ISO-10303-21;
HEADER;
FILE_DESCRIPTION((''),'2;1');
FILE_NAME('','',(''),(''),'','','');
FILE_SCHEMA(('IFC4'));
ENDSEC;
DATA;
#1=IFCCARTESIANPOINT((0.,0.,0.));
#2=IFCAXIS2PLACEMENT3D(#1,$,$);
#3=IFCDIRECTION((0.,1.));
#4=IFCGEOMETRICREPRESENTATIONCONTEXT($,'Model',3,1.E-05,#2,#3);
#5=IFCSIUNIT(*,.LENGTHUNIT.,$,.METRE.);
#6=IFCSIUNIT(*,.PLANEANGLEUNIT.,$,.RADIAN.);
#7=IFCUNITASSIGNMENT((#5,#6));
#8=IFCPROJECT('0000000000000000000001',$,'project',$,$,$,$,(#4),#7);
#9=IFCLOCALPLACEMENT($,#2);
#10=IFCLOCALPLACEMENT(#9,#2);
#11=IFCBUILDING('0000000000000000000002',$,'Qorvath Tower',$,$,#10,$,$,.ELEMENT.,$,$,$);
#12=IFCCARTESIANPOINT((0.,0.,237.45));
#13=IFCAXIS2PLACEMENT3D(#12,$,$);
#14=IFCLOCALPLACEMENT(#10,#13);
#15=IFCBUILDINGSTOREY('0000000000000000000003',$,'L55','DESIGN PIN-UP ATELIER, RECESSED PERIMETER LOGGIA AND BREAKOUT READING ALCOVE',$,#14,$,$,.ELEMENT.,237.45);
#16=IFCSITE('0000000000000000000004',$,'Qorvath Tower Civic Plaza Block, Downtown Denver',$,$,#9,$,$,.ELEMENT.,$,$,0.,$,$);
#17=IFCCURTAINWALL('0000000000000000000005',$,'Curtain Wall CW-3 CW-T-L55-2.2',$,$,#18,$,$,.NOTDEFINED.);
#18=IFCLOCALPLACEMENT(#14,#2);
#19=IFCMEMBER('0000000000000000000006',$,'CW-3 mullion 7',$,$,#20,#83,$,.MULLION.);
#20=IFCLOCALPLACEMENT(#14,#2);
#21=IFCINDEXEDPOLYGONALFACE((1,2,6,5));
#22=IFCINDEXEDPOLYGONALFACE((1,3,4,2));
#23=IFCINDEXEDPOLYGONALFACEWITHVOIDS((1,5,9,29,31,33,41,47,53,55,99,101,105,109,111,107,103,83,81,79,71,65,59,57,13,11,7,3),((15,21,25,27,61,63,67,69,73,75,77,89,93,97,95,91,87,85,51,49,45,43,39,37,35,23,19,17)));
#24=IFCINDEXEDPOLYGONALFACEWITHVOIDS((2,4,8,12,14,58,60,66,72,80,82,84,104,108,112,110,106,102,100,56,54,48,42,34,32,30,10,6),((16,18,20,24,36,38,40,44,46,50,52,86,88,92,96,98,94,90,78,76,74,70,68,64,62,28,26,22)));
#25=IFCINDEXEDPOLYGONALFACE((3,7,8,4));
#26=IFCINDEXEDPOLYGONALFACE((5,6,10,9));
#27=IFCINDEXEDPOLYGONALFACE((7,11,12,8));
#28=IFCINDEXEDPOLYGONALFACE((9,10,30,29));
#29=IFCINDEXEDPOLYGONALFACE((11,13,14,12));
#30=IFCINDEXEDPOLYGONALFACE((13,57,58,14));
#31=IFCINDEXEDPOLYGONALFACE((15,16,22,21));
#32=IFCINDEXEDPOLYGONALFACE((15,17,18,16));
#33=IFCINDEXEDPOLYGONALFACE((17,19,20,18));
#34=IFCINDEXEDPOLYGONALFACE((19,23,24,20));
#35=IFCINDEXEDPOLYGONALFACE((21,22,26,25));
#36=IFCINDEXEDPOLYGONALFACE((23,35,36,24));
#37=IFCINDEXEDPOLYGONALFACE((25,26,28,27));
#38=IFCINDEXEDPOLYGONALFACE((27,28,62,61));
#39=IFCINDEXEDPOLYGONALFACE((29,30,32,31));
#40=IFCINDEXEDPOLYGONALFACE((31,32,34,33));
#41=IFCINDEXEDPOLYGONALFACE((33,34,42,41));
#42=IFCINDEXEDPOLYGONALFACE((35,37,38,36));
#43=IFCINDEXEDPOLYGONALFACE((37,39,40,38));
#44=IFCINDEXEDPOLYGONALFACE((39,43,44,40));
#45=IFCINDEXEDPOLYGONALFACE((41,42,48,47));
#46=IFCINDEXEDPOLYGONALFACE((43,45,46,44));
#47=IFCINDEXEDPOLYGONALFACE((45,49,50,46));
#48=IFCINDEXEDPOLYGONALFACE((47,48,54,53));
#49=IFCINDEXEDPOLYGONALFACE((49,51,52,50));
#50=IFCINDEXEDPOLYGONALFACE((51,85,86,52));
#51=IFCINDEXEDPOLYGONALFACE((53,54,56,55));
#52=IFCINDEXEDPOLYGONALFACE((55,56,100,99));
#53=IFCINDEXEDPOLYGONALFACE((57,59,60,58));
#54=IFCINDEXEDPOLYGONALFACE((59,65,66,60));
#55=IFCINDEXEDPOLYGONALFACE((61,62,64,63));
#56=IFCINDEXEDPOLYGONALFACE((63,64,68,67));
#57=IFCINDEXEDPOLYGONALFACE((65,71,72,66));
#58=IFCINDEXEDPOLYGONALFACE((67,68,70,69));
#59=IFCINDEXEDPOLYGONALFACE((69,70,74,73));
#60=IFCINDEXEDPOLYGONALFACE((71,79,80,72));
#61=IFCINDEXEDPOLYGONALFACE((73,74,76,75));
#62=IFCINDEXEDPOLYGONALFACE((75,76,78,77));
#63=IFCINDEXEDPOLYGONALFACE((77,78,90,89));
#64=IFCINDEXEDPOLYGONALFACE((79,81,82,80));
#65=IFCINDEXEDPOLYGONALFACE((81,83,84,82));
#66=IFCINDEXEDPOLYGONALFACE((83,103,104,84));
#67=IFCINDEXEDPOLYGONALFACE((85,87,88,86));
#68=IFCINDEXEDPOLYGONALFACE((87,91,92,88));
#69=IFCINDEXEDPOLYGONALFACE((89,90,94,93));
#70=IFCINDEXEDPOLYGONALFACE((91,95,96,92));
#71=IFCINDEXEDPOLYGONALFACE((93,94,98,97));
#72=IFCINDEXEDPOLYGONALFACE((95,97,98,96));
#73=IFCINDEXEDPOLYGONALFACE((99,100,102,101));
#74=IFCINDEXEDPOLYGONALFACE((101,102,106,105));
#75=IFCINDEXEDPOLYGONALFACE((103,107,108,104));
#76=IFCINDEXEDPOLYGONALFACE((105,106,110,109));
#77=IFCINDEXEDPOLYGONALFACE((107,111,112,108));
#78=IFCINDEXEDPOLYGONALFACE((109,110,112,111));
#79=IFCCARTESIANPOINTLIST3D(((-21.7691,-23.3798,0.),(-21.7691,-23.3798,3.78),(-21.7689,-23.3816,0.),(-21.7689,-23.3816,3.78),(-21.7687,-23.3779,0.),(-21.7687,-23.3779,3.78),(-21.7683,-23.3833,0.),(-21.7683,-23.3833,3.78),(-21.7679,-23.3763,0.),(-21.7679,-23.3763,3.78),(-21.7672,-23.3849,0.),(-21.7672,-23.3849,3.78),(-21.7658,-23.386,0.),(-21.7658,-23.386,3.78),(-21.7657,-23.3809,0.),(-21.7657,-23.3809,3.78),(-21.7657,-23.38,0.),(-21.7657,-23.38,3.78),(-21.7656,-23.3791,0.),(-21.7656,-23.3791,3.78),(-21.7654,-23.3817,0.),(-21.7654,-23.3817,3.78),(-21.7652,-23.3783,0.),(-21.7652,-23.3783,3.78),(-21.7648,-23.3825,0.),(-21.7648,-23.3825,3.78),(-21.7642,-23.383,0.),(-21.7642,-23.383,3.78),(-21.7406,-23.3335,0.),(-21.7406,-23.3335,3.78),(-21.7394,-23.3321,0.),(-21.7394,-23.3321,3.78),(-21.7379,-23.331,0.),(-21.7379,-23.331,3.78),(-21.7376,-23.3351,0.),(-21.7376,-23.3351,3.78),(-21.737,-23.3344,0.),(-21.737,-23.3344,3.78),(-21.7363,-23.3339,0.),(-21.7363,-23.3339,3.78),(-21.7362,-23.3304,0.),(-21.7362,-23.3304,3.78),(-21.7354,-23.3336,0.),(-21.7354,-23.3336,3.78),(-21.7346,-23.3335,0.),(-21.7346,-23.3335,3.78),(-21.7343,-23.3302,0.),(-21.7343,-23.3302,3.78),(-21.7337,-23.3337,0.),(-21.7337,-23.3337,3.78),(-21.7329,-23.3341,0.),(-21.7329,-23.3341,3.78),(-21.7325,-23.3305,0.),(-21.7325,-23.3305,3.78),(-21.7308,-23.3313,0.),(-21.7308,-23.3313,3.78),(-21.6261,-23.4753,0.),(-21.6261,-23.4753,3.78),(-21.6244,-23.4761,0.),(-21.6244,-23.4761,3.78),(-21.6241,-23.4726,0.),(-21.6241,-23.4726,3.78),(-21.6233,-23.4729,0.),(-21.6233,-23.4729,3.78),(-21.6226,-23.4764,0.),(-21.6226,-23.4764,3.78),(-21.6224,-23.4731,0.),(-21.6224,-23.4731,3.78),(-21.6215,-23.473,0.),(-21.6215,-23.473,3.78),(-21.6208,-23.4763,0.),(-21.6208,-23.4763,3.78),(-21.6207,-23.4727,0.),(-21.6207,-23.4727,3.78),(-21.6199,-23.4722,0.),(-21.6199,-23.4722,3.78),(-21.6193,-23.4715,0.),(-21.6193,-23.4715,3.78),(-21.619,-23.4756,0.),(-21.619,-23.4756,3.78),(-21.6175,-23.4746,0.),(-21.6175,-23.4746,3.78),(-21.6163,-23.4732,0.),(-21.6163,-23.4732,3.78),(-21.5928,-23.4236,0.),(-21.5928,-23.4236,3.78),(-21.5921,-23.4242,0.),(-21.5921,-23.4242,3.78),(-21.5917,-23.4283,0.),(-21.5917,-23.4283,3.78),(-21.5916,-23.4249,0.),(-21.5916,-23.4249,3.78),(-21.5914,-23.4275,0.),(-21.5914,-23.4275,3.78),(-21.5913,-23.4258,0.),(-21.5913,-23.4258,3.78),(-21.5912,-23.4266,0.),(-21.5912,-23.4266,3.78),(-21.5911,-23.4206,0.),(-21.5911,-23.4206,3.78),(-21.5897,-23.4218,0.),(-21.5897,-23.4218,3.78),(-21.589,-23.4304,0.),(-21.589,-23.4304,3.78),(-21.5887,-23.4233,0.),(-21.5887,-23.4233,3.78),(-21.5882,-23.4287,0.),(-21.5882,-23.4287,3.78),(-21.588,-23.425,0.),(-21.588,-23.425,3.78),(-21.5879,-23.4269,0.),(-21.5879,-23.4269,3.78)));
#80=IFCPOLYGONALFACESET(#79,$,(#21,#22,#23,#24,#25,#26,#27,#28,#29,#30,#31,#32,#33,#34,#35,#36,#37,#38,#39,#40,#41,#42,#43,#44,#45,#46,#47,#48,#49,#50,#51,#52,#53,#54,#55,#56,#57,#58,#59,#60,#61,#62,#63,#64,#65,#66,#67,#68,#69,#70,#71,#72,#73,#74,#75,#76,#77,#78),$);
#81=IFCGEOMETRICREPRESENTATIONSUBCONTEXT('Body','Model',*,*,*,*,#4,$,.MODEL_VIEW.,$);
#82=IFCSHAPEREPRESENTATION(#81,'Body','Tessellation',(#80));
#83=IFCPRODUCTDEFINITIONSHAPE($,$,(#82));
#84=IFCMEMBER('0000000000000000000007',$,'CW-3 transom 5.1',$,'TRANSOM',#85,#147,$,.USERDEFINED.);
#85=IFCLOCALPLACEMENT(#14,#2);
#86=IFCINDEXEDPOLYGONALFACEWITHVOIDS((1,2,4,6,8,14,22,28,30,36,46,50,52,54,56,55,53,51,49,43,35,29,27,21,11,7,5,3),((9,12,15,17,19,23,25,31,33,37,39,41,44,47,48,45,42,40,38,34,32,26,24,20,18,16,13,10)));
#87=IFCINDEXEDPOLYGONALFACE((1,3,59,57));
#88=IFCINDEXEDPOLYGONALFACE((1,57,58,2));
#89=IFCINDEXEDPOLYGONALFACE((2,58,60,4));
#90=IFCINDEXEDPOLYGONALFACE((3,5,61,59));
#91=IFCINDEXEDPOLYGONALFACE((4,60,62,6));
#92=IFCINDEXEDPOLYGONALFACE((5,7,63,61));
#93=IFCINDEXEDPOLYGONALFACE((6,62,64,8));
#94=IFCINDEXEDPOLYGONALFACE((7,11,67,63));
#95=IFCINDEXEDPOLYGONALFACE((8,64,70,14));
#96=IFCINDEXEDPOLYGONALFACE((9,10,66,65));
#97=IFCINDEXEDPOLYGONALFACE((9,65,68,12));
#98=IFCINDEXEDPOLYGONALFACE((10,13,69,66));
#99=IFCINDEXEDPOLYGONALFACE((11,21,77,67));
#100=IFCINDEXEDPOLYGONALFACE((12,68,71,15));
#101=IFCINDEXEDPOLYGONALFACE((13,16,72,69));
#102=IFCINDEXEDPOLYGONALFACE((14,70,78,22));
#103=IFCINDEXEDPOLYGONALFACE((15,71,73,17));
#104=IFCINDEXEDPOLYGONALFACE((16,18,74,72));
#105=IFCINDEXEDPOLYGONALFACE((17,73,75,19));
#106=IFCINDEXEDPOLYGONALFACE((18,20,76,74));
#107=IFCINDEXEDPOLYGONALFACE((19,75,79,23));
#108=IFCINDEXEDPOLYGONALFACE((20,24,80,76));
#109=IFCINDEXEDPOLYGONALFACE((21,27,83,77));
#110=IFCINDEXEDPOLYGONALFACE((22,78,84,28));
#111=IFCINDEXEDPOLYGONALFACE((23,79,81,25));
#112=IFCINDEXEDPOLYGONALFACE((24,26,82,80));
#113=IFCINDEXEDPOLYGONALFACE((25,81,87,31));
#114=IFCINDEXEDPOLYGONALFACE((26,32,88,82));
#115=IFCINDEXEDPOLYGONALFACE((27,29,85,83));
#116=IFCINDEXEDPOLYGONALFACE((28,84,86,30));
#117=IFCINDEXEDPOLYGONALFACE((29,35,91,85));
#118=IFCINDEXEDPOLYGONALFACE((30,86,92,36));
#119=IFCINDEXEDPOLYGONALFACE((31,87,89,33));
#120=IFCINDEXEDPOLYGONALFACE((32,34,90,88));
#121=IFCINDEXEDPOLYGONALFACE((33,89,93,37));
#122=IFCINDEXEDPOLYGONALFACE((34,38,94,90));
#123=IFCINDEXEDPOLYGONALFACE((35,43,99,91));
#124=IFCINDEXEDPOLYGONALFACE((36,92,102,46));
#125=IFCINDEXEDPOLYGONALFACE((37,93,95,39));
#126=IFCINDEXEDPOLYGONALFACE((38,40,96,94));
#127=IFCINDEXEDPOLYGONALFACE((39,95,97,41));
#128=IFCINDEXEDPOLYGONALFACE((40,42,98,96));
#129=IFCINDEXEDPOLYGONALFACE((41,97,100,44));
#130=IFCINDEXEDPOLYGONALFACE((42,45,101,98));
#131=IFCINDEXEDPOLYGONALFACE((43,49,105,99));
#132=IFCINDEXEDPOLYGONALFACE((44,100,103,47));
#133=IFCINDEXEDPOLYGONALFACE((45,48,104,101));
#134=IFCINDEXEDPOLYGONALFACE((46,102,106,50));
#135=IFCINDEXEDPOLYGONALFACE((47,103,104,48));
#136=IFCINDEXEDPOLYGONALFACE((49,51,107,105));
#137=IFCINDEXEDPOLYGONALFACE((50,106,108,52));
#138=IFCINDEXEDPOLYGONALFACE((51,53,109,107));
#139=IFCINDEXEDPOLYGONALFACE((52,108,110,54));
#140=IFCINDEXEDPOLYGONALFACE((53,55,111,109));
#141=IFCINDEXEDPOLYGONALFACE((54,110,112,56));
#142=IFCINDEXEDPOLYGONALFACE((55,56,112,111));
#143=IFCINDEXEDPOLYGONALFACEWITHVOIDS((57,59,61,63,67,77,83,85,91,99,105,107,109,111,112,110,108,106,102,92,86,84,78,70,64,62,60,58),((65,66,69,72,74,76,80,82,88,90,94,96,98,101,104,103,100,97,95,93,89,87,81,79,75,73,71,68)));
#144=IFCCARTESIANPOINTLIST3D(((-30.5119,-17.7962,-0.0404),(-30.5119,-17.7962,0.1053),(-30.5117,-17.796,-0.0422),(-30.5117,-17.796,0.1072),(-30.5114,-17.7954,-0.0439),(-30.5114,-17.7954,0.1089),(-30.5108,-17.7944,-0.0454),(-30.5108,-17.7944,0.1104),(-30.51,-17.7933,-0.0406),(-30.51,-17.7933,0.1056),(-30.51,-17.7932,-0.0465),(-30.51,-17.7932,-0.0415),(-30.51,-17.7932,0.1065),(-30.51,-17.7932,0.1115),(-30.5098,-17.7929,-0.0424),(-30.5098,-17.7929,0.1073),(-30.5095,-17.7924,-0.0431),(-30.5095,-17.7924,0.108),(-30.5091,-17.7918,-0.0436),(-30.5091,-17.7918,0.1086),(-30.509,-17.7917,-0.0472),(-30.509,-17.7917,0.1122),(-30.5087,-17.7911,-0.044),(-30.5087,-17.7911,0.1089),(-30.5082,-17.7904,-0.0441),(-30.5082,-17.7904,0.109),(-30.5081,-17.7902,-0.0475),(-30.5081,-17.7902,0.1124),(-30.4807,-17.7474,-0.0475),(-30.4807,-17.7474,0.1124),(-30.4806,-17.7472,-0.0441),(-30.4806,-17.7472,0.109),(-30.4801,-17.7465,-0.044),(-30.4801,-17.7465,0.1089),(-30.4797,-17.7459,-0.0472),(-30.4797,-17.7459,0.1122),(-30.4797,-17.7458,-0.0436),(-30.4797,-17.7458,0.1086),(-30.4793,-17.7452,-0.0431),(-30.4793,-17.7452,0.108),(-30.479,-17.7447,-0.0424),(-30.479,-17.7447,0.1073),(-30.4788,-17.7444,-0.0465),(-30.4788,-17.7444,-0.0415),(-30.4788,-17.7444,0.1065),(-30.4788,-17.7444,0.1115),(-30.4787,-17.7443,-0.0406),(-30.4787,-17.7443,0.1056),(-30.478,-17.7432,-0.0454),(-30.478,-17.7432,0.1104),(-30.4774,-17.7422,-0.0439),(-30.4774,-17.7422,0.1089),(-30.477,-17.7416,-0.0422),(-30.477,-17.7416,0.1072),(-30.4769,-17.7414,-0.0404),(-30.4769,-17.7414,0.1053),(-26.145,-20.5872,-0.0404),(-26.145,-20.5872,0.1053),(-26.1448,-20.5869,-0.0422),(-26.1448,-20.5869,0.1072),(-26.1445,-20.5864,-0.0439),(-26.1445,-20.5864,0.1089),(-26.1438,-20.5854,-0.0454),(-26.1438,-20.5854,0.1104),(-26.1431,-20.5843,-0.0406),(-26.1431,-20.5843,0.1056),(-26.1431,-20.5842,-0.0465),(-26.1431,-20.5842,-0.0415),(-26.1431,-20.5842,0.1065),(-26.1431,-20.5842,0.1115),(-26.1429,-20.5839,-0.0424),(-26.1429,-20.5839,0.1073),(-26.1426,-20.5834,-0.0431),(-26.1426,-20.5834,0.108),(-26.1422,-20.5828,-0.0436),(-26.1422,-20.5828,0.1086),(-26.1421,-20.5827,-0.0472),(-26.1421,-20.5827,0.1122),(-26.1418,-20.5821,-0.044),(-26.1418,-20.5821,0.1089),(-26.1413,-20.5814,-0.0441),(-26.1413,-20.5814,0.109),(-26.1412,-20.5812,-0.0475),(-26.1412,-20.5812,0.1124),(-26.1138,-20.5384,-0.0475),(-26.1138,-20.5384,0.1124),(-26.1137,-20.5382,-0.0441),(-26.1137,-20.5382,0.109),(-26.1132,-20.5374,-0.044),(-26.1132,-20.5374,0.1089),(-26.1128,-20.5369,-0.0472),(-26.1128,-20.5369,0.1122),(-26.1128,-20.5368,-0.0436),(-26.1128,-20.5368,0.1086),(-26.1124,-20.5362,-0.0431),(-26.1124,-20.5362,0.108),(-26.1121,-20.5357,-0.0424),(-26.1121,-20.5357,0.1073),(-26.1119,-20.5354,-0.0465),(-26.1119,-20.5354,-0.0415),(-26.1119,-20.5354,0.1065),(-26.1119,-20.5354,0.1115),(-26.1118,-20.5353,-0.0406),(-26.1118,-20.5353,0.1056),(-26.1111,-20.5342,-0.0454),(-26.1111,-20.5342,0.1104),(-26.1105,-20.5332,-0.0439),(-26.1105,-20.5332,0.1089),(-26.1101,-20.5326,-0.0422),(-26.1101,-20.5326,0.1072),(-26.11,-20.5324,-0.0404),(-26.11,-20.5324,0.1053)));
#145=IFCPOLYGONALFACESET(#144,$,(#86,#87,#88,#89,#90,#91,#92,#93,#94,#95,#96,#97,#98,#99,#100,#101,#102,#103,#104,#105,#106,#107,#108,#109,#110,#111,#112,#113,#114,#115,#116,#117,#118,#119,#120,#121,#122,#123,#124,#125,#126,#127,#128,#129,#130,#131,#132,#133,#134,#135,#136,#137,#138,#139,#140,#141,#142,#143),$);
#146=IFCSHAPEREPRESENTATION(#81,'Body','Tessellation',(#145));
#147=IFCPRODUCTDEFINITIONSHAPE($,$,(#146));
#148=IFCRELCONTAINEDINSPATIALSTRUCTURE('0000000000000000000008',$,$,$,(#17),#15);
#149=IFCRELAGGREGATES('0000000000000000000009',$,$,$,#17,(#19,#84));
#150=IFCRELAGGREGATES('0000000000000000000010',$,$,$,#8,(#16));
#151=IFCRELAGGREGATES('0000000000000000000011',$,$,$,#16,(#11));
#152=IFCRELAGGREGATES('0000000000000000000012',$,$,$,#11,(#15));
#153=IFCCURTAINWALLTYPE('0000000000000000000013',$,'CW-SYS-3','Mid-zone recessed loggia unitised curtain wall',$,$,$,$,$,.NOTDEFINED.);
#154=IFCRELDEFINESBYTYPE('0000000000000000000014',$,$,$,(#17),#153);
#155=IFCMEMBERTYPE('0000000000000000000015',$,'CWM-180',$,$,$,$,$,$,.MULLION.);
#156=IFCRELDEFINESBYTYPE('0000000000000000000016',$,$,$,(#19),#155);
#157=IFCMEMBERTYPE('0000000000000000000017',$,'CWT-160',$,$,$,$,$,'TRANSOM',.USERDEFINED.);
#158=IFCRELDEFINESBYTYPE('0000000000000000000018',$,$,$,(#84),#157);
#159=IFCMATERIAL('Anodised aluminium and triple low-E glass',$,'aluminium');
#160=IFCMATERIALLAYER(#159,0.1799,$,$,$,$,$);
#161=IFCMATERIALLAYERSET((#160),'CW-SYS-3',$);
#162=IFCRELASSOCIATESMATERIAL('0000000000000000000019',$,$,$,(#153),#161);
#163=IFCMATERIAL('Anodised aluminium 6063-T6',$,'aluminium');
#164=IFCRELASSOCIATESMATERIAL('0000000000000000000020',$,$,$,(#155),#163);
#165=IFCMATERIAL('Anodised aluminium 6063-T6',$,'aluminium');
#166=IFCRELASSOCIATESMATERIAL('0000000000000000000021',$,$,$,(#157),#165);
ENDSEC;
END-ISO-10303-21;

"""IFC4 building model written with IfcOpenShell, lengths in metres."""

from ifc_helpers import new_model, si_unit, direction, frame, origin, origin_2d, place, context, subcontext, project, spatial, hollow_rectangle, extrude, material, layer, layer_set, material_profile, profile_set, type_object, element, aggregate, save


model = new_model("IFC4")

# Units and contexts
model_context = context("Model", 3, precision=1e-05, world=origin(), true_north=direction((0.0, 1.0)))
body_context = subcontext(model_context, "Body", "Model", "MODEL_VIEW")
ifc_project = project(units=[si_unit("LENGTHUNIT", "METRE"), si_unit("PLANEANGLEUNIT", "RADIAN")], contexts=[model_context])

# Site, building, storey
site_placement = place(None, origin())
site = spatial("IfcSite", under=ifc_project, at=site_placement, Name="Qorvath Tower Civic Plaza Block, Downtown Denver", CompositionType="ELEMENT", RefElevation=0.0)
building_placement = place(site_placement, origin())
building = spatial("IfcBuilding", under=site, at=building_placement, Name="Qorvath Tower", CompositionType="ELEMENT")
storey_placement = place(building_placement, frame((0.0, 0.0, 237.45)))
storey = spatial("IfcBuildingStorey", under=building, at=storey_placement, Name="L55", Description="DESIGN PIN-UP ATELIER, RECESSED PERIMETER LOGGIA AND BREAKOUT READING ALCOVE", CompositionType="ELEMENT", Elevation=237.45)

# Curtain wall, members
ifc_material_1 = material(Name="Anodised aluminium and triple low-E glass", Category="aluminium")
ifc_layer_1 = layer(ifc_material_1, 0.1799)
ifc_layer_set_1 = layer_set([ifc_layer_1], Name="CW-SYS-3")
curtain_wall_type = type_object("IfcCurtainWallType", Name="CW-SYS-3", Description="Mid-zone recessed loggia unitised curtain wall", PredefinedType="NOTDEFINED", material=ifc_layer_set_1)
curtain_wall_placement = place(storey_placement, origin())
curtain_wall = element("IfcCurtainWall", 1, at=curtain_wall_placement, inside=storey, type_object=curtain_wall_type, Name="Curtain Wall CW-3 CW-T-L55-2.2", PredefinedType="NOTDEFINED")
ifc_material_2 = material(Name="Anodised aluminium 6063-T6", Category="aluminium")
ifc_material_profile_1 = material_profile(ifc_material_2, hollow_rectangle(XDim=0.0649, YDim=0.1799, WallThickness=0.0034, InnerFilletRadius=0.0034, OuterFilletRadius=0.0071, at=origin_2d()), Name="CWM 180x65")
ifc_profile_set_1 = profile_set([ifc_material_profile_1], Name="Anodised aluminium 6063-T6")
member_type_1 = type_object("IfcMemberType", Name="CWM-180", PredefinedType="MULLION", material=ifc_profile_set_1)
member_1_placement = place(storey_placement, frame((-21.6785, -23.4033, 0.0), z_axis=(0.0, 0.0, 1.0), x_axis=(0.538529, 0.842607, 0.0)))
member_1 = element("IfcMember", 2, at=member_1_placement, type_object=member_type_1, Name="CW-3 mullion 7", PredefinedType="MULLION", context=body_context, shape_type="SweptSolid", body=[
    extrude(hollow_rectangle(XDim=0.0649, YDim=0.1799, WallThickness=0.0034, InnerFilletRadius=0.0034, OuterFilletRadius=0.0071, at=origin_2d()), origin(), (0.0, 0.0, 1.0), 3.78),
])
ifc_material_3 = material(Name="Anodised aluminium 6063-T6", Category="aluminium")
ifc_material_profile_2 = material_profile(ifc_material_3, hollow_rectangle(XDim=0.0649, YDim=0.1599, WallThickness=0.0034, InnerFilletRadius=0.0034, OuterFilletRadius=0.0071, at=origin_2d()), Name="CWT 160x65")
ifc_profile_set_2 = profile_set([ifc_material_profile_2], Name="Anodised aluminium 6063-T6")
member_type_2 = type_object("IfcMemberType", Name="CWT-160", ElementType="TRANSOM", PredefinedType="USERDEFINED", material=ifc_profile_set_2)
member_2_placement = place(storey_placement, frame((-30.4944, -17.7688, 0.0325), z_axis=(0.842607, -0.53853, 0.0), x_axis=(0.53853, 0.842607, 0.0)))
member_2 = element("IfcMember", 3, at=member_2_placement, type_object=member_type_2, Name="CW-3 transom 5.1", ObjectType="TRANSOM", PredefinedType="USERDEFINED", context=body_context, shape_type="SweptSolid", body=[
    extrude(hollow_rectangle(XDim=0.0649, YDim=0.1599, WallThickness=0.0034, InnerFilletRadius=0.0034, OuterFilletRadius=0.0071, at=origin_2d()), origin(), (0.0, 0.0, 1.0), 5.1826),
])
aggregate(curtain_wall, [member_1, member_2])

save(model, "model.ifc")
